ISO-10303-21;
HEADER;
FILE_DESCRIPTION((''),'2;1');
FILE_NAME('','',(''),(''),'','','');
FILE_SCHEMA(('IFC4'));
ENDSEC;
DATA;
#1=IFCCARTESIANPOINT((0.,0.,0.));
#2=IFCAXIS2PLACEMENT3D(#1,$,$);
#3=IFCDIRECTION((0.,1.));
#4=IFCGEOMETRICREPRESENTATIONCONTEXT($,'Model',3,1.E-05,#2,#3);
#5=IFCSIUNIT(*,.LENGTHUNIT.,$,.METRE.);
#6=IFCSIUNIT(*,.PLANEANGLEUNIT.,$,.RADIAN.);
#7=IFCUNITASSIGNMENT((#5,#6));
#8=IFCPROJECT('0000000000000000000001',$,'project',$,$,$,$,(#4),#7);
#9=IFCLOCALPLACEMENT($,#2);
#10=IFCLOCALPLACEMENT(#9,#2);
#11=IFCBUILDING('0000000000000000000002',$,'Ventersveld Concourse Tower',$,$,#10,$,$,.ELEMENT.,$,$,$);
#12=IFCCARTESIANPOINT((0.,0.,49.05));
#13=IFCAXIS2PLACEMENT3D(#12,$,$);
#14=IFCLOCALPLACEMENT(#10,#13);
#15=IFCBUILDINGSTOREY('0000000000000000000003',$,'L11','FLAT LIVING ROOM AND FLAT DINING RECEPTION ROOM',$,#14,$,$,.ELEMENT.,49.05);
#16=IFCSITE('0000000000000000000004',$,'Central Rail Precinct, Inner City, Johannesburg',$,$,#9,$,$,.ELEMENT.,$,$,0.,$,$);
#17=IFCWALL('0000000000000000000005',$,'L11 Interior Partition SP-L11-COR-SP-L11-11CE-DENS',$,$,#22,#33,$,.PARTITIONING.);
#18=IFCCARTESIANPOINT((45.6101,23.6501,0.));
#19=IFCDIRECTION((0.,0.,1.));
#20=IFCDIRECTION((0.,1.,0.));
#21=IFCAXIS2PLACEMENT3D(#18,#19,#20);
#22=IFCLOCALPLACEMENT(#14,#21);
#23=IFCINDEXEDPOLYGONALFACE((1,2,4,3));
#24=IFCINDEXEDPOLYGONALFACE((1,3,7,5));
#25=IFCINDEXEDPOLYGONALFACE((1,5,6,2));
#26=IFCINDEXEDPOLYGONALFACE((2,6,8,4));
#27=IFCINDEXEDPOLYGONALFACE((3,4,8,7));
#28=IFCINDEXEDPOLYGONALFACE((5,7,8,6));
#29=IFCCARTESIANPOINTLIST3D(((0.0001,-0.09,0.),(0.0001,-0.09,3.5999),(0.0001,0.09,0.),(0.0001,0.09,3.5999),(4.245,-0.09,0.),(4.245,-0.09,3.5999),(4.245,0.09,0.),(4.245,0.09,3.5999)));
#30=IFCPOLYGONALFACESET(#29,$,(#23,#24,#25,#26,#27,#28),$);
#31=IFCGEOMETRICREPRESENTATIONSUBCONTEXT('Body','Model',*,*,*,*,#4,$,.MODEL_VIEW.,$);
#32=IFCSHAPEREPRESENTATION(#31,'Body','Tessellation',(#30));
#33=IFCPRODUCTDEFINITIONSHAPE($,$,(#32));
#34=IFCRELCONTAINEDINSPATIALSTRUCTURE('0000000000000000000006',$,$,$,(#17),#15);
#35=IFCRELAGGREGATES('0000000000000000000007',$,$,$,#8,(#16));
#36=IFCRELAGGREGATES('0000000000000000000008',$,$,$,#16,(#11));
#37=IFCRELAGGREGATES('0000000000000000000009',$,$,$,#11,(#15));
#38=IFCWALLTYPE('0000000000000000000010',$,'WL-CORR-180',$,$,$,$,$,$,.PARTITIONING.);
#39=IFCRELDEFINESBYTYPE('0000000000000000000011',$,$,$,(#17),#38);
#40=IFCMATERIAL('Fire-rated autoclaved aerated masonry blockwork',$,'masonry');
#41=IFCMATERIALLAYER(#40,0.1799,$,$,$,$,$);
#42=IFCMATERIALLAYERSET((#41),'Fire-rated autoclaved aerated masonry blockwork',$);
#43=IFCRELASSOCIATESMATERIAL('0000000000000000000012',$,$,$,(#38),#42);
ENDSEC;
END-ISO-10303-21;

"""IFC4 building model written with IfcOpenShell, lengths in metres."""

from ifc_helpers import new_model, si_unit, direction, frame, frame_2d, origin, place, context, subcontext, project, spatial, rectangle, extrude, material, layer, layer_set, type_object, element, save


model = new_model("IFC4")

# Units and contexts
model_context = context("Model", 3, precision=1e-05, world=origin(), true_north=direction((0.0, 1.0)))
body_context = subcontext(model_context, "Body", "Model", "MODEL_VIEW")
ifc_project = project(units=[si_unit("LENGTHUNIT", "METRE"), si_unit("PLANEANGLEUNIT", "RADIAN")], contexts=[model_context])

# Site, building, storey
site_placement = place(None, origin())
site = spatial("IfcSite", under=ifc_project, at=site_placement, Name="Central Rail Precinct, Inner City, Johannesburg", CompositionType="ELEMENT", RefElevation=0.0)
building_placement = place(site_placement, origin())
building = spatial("IfcBuilding", under=site, at=building_placement, Name="Ventersveld Concourse Tower", CompositionType="ELEMENT")
storey_placement = place(building_placement, frame((0.0, 0.0, 49.05)))
storey = spatial("IfcBuildingStorey", under=building, at=storey_placement, Name="L11", Description="FLAT LIVING ROOM AND FLAT DINING RECEPTION ROOM", CompositionType="ELEMENT", Elevation=49.05)

# Wall
ifc_material_1 = material(Name="Fire-rated autoclaved aerated masonry blockwork", Category="masonry")
ifc_layer_1 = layer(ifc_material_1, 0.1799)
ifc_layer_set_1 = layer_set([ifc_layer_1], Name="Fire-rated autoclaved aerated masonry blockwork")
wall_type_1 = type_object("IfcWallType", Name="WL-CORR-180", PredefinedType="PARTITIONING", material=ifc_layer_set_1)
wall_1_placement = place(storey_placement, frame((45.6101, 23.6501, 0.0), z_axis=(0.0, 0.0, 1.0), x_axis=(0.0, 1.0, 0.0)))
element("IfcWall", 1, at=wall_1_placement, inside=storey, type_object=wall_type_1, Name="L11 Interior Partition SP-L11-COR-SP-L11-11CE-DENS", PredefinedType="PARTITIONING", context=body_context, shape_type="SweptSolid", body=[
    extrude(rectangle(XDim=4.2449, YDim=0.1799, at=frame_2d((2.1226, 0.0))), origin(), (0.0, 0.0, 1.0), 3.5999),
])

save(model, "model.ifc")
